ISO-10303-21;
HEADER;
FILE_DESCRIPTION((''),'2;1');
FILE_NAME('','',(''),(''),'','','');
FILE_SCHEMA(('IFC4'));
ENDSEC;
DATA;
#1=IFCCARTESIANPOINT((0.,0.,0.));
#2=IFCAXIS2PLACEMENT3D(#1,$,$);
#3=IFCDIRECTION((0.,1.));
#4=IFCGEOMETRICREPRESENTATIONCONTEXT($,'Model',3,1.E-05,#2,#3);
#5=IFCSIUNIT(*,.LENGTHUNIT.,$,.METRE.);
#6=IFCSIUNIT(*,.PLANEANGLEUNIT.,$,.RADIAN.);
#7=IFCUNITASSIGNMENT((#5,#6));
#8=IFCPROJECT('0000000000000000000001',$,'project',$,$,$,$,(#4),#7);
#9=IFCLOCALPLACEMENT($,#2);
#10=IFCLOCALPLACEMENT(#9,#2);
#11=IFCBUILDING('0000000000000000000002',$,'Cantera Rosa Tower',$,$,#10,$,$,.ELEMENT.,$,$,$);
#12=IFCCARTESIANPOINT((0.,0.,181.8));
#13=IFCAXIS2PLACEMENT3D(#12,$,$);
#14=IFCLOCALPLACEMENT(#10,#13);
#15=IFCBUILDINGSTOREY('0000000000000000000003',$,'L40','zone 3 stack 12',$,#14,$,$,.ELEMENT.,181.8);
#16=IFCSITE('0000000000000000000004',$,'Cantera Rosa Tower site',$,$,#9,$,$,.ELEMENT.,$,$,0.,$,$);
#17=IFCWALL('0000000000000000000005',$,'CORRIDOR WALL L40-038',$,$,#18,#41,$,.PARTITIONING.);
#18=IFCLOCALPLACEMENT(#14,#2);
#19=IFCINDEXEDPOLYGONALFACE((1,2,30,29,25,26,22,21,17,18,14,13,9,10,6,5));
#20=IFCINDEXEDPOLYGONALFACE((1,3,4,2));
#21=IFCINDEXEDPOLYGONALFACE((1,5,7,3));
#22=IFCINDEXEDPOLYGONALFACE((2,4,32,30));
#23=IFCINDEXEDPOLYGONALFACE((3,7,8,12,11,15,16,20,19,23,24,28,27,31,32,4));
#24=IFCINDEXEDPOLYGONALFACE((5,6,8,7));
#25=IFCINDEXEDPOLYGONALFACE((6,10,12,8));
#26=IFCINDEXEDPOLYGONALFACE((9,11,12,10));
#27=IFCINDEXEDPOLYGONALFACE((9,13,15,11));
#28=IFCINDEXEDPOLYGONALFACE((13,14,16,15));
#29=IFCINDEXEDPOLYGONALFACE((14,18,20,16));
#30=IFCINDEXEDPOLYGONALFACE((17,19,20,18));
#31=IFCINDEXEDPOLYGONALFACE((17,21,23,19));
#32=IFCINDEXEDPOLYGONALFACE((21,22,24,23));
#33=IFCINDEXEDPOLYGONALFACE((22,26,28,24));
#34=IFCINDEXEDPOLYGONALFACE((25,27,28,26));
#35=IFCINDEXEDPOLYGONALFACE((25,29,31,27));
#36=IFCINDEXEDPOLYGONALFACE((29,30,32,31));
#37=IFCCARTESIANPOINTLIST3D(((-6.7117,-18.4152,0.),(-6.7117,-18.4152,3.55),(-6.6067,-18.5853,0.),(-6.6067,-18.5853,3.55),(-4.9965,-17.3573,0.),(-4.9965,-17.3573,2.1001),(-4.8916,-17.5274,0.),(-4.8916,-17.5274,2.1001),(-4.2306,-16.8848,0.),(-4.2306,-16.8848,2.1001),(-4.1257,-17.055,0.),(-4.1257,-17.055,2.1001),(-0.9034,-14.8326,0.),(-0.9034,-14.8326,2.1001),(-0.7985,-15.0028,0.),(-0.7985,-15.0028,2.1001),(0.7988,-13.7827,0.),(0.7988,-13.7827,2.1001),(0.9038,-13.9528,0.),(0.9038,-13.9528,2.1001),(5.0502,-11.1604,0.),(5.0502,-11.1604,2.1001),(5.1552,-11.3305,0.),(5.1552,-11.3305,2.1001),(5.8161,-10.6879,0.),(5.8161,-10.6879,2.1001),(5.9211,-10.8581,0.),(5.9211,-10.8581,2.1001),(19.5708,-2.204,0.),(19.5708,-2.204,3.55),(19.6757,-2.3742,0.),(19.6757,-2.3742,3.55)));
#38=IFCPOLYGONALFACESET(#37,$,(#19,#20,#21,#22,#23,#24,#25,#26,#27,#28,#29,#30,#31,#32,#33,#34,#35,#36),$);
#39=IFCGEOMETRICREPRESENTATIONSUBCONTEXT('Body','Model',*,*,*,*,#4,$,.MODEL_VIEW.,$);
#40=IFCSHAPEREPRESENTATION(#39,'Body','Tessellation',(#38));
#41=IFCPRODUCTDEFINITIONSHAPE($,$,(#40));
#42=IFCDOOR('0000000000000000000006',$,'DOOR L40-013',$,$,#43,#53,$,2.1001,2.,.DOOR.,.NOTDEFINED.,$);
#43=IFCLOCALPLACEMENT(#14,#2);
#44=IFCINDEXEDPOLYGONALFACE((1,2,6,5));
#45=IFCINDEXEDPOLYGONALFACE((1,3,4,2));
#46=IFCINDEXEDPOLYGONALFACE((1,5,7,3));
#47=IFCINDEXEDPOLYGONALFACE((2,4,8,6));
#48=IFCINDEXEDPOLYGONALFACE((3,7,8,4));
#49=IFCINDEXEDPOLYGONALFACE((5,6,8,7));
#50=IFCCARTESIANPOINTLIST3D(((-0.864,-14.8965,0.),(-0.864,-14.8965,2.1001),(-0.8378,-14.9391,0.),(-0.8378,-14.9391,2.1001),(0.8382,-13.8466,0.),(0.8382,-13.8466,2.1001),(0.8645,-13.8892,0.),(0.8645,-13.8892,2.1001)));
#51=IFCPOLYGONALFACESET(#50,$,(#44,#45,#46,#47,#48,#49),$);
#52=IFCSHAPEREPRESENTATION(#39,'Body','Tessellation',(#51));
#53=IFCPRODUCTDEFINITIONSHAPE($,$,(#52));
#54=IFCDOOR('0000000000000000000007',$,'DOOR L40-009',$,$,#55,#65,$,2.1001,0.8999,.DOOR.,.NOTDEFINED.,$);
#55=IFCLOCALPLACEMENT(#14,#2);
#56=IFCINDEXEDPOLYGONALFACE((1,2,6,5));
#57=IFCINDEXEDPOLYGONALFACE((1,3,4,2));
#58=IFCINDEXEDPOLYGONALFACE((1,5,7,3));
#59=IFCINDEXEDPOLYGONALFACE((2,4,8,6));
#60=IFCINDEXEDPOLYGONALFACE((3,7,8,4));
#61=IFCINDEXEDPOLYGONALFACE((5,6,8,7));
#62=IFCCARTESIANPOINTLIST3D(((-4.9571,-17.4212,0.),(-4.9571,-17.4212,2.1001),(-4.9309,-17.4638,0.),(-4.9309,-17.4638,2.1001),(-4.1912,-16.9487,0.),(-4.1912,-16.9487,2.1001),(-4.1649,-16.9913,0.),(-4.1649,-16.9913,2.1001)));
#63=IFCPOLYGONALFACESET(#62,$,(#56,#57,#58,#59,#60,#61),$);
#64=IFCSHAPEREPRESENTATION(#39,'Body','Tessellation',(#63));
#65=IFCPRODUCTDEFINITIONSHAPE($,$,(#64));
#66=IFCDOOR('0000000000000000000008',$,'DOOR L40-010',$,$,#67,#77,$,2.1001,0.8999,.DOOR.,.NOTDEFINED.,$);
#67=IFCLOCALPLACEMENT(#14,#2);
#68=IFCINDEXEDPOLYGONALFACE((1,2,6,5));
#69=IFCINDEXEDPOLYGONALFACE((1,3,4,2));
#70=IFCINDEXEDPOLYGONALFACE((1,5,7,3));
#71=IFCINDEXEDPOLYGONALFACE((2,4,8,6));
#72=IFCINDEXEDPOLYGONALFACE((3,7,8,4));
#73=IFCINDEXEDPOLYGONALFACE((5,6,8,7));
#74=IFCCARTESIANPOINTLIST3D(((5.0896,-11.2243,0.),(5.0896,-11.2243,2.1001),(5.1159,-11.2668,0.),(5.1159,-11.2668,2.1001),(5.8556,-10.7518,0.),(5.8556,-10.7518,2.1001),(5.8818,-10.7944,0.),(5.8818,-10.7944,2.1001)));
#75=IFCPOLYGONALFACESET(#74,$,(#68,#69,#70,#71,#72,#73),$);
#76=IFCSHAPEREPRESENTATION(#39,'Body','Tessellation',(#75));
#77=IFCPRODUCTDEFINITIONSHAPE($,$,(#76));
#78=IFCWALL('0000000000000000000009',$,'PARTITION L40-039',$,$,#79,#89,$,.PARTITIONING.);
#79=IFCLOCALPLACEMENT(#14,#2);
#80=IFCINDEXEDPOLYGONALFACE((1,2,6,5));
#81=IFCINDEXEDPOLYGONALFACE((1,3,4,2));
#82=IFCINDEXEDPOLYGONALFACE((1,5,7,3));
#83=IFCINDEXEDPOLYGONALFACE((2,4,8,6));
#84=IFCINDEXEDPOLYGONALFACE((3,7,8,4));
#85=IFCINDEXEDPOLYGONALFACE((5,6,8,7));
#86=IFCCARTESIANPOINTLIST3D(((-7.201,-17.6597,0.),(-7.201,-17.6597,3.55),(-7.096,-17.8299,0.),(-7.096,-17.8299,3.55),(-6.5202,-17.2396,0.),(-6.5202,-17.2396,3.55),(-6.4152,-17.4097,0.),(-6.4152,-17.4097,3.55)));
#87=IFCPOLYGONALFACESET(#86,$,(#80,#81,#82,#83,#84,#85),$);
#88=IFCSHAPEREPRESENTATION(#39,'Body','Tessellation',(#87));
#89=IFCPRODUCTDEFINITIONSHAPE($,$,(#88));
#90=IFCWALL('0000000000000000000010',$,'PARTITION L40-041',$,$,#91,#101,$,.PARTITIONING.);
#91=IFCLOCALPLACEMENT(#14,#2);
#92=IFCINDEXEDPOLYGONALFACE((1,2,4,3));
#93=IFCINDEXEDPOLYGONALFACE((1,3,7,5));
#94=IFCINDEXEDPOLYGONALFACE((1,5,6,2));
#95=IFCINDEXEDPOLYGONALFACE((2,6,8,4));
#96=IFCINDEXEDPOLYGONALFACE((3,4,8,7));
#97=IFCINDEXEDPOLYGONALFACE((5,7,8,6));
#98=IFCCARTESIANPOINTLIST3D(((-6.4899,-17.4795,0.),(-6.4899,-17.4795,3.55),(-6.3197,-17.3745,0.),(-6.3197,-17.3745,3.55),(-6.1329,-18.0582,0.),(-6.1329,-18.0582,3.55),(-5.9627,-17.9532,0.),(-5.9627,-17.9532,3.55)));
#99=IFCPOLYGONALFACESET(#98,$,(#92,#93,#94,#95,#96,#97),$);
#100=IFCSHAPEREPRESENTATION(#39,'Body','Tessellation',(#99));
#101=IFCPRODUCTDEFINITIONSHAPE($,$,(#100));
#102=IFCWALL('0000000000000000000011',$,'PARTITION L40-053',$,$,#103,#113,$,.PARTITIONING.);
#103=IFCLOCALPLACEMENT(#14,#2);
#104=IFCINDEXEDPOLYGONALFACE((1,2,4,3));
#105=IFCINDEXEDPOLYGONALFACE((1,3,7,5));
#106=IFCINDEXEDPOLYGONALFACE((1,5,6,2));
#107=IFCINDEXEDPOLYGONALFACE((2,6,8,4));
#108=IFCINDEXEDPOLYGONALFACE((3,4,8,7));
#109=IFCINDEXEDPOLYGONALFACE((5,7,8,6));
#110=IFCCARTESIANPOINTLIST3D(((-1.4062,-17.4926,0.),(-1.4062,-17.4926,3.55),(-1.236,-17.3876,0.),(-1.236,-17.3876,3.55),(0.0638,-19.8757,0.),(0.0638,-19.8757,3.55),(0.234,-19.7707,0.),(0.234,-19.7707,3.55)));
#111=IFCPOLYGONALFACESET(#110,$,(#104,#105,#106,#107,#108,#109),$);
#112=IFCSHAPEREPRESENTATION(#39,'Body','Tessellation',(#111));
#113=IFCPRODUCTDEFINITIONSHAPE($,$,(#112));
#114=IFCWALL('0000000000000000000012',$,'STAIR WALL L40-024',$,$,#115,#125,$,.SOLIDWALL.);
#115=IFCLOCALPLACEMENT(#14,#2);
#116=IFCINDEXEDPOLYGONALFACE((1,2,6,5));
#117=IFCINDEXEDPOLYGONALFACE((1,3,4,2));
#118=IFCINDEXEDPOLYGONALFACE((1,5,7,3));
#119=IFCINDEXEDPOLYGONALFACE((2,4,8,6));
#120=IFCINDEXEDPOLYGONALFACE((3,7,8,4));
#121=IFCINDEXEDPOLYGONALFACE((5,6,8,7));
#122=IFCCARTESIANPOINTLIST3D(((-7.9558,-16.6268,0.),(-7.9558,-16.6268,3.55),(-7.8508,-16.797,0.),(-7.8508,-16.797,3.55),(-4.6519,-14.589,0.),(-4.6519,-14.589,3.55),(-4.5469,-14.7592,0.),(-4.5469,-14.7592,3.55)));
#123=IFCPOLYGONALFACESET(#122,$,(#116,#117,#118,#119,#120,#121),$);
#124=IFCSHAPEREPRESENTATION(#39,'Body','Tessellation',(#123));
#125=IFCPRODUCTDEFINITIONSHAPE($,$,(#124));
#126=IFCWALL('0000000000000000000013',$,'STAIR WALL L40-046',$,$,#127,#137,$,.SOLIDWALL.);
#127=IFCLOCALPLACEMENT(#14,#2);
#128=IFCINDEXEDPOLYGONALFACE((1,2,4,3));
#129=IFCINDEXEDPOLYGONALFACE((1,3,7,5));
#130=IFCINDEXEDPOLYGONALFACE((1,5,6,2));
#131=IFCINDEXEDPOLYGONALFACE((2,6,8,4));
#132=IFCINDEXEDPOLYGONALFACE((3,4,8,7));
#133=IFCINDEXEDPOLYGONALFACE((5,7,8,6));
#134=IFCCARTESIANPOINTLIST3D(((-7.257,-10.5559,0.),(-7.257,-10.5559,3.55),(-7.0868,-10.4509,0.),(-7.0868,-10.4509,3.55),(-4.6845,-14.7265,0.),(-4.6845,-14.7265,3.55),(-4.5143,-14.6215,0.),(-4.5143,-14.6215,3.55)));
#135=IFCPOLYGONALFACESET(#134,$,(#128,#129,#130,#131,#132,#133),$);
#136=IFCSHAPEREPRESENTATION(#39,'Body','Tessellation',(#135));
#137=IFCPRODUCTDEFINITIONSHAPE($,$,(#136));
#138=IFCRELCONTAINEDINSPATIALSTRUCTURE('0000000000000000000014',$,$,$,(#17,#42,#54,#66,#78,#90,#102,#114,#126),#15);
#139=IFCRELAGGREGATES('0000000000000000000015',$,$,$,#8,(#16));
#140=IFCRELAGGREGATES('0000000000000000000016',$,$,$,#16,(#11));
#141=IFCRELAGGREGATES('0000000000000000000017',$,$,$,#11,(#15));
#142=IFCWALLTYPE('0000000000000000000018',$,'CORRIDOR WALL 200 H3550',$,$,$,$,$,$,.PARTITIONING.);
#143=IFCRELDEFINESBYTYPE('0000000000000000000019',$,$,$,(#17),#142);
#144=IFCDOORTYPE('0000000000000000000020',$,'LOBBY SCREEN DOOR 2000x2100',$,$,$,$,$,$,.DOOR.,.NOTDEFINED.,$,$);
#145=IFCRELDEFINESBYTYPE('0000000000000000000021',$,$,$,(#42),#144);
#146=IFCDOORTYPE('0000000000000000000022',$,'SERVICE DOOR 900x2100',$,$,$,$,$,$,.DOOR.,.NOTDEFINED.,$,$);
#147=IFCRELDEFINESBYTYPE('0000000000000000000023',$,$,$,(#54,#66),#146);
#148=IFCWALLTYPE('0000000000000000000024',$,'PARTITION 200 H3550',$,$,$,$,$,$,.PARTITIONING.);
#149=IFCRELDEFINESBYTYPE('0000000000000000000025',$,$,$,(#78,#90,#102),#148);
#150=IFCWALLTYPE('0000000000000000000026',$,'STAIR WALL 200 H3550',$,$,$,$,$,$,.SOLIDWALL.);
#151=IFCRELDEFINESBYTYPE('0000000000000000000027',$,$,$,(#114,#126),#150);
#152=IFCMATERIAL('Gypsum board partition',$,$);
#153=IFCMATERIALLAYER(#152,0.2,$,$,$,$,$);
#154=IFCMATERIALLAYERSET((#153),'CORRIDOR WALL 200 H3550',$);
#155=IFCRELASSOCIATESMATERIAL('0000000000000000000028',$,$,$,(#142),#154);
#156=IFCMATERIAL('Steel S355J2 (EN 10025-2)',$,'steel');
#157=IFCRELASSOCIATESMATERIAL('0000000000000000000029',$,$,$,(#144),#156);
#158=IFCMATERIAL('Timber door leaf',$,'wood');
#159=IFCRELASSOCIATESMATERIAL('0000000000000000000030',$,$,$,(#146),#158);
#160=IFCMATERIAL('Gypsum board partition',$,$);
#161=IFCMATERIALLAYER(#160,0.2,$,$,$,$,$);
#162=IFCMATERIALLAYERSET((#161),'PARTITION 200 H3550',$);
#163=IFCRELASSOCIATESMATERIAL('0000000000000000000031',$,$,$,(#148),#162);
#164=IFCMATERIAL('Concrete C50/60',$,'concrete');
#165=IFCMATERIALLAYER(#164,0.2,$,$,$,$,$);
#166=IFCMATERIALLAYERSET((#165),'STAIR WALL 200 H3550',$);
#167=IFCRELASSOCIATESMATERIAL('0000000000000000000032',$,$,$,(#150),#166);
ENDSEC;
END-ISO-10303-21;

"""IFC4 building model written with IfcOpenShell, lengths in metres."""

from ifc_helpers import new_model, si_unit, direction, frame, frame_2d, origin, place, context, subcontext, project, spatial, rectangle, extrude, material, layer, layer_set, type_object, element, fill, save


model = new_model("IFC4")

# Units and contexts
model_context = context("Model", 3, precision=1e-05, world=origin(), true_north=direction((0.0, 1.0)))
body_context = subcontext(model_context, "Body", "Model", "MODEL_VIEW")
ifc_project = project(units=[si_unit("LENGTHUNIT", "METRE"), si_unit("PLANEANGLEUNIT", "RADIAN")], contexts=[model_context])

# Site, building, storey
site_placement = place(None, origin())
site = spatial("IfcSite", under=ifc_project, at=site_placement, Name="Cantera Rosa Tower site", CompositionType="ELEMENT", RefElevation=0.0)
building_placement = place(site_placement, origin())
building = spatial("IfcBuilding", under=site, at=building_placement, Name="Cantera Rosa Tower", CompositionType="ELEMENT")
storey_placement = place(building_placement, frame((0.0, 0.0, 181.8)))
storey = spatial("IfcBuildingStorey", under=building, at=storey_placement, Name="L40", Description="zone 3 stack 12", CompositionType="ELEMENT", Elevation=181.8)

# Shared definitions
ifc_material_1 = material(Name="Gypsum board partition")
ifc_layer_1 = layer(ifc_material_1, 0.2)
ifc_layer_set_1 = layer_set([ifc_layer_1], Name="CORRIDOR WALL 200 H3550")
wall_type_1 = type_object("IfcWallType", Name="CORRIDOR WALL 200 H3550", PredefinedType="PARTITIONING", material=ifc_layer_set_1)

# Wall, openings, doors
wall_1_placement = place(storey_placement, frame((-6.6592, -18.5002, 0.0), z_axis=(0.0, 0.0, 1.0), x_axis=(0.851118, 0.524975, 0.0)))
wall_1 = element("IfcWall", 1, at=wall_1_placement, inside=storey, type_object=wall_type_1, Name="CORRIDOR WALL L40-038", PredefinedType="PARTITIONING", context=body_context, shape_type="SweptSolid", body=[
    extrude(rectangle(XDim=30.8799, YDim=0.2, at=frame_2d((15.4399, 0.0))), origin(), (0.0, 0.0, 1.0), 3.55),
])
opening_1_placement = place(wall_1_placement, frame((2.0151, 0.0, 0.0)))
opening_1 = element("IfcOpeningElement", 2, at=opening_1_placement, cuts=wall_1, PredefinedType="OPENING", context=body_context, shape_type="SweptSolid", body=[
    extrude(rectangle(XDim=0.8999, YDim=2.1001, at=frame_2d((0.45, 1.05))), frame((0.0, 0.1099, 0.0), z_axis=(0.0, -1.0, 0.0), x_axis=(1.0, 0.0, 0.0)), (0.0, 0.0, 1.0), 0.22),
])
opening_2_placement = place(wall_1_placement, frame((13.8193, 0.0, 0.0)))
opening_2 = element("IfcOpeningElement", 3, at=opening_2_placement, cuts=wall_1, PredefinedType="OPENING", context=body_context, shape_type="SweptSolid", body=[
    extrude(rectangle(XDim=0.8999, YDim=2.1001, at=frame_2d((0.45, 1.05))), frame((0.0, 0.1099, 0.0), z_axis=(0.0, -1.0, 0.0), x_axis=(1.0, 0.0, 0.0)), (0.0, 0.0, 1.0), 0.22),
])
opening_3_placement = place(wall_1_placement, frame((6.8242, 0.0, 0.0)))
opening_3 = element("IfcOpeningElement", 4, at=opening_3_placement, cuts=wall_1, PredefinedType="OPENING", context=body_context, shape_type="SweptSolid", body=[
    extrude(rectangle(XDim=2.0, YDim=2.1001, at=frame_2d((1.0, 1.05))), frame((0.0, 0.1099, 0.0), z_axis=(0.0, -1.0, 0.0), x_axis=(1.0, 0.0, 0.0)), (0.0, 0.0, 1.0), 0.22),
])
ifc_material_2 = material(Name="Steel S355J2 (EN 10025-2)", Category="steel")
door_type_1 = type_object("IfcDoorType", Name="LOBBY SCREEN DOOR 2000x2100", OperationType="NOTDEFINED", PredefinedType="DOOR", material=ifc_material_2)
door_1_placement = place(opening_3_placement, origin())
door_1 = element("IfcDoor", 5, at=door_1_placement, inside=storey, type_object=door_type_1, Name="DOOR L40-013", OperationType="NOTDEFINED", OverallHeight=2.1001, OverallWidth=2.0, PredefinedType="DOOR", context=body_context, shape_type="SweptSolid", body=[
    extrude(rectangle(XDim=2.0, YDim=2.1001, at=frame_2d((1.0, 1.05))), frame((0.0, 0.0249, 0.0), z_axis=(0.0, -1.0, 0.0), x_axis=(1.0, 0.0, 0.0)), (0.0, 0.0, 1.0), 0.05),
])
fill(opening_3, door_1)
ifc_material_3 = material(Name="Timber door leaf", Category="wood")
door_type_2 = type_object("IfcDoorType", Name="SERVICE DOOR 900x2100", OperationType="NOTDEFINED", PredefinedType="DOOR", material=ifc_material_3)
door_2_placement = place(opening_1_placement, origin())
door_2 = element("IfcDoor", 6, at=door_2_placement, inside=storey, type_object=door_type_2, Name="DOOR L40-009", OperationType="NOTDEFINED", OverallHeight=2.1001, OverallWidth=0.8999, PredefinedType="DOOR", context=body_context, shape_type="SweptSolid", body=[
    extrude(rectangle(XDim=0.8999, YDim=2.1001, at=frame_2d((0.45, 1.05))), frame((0.0, 0.0249, 0.0), z_axis=(0.0, -1.0, 0.0), x_axis=(1.0, 0.0, 0.0)), (0.0, 0.0, 1.0), 0.05),
])
fill(opening_1, door_2)
door_3_placement = place(opening_2_placement, origin())
door_3 = element("IfcDoor", 7, at=door_3_placement, inside=storey, type_object=door_type_2, Name="DOOR L40-010", OperationType="NOTDEFINED", OverallHeight=2.1001, OverallWidth=0.8999, PredefinedType="DOOR", context=body_context, shape_type="SweptSolid", body=[
    extrude(rectangle(XDim=0.8999, YDim=2.1001, at=frame_2d((0.45, 1.05))), frame((0.0, 0.0249, 0.0), z_axis=(0.0, -1.0, 0.0), x_axis=(1.0, 0.0, 0.0)), (0.0, 0.0, 1.0), 0.05),
])
fill(opening_2, door_3)

# Walls
ifc_material_4 = material(Name="Gypsum board partition")
ifc_layer_2 = layer(ifc_material_4, 0.2)
ifc_layer_set_2 = layer_set([ifc_layer_2], Name="PARTITION 200 H3550")
wall_type_2 = type_object("IfcWallType", Name="PARTITION 200 H3550", PredefinedType="PARTITIONING", material=ifc_layer_set_2)
wall_2_placement = place(storey_placement, frame((-6.4678, -17.3247, 0.0), z_axis=(0.0, 0.0, 1.0), x_axis=(-0.851019, -0.525136, 0.0)))
element("IfcWall", 8, at=wall_2_placement, inside=storey, type_object=wall_type_2, Name="PARTITION L40-039", PredefinedType="PARTITIONING", context=body_context, shape_type="SweptSolid", body=[
    extrude(rectangle(XDim=0.8, YDim=0.2, at=frame_2d((0.3999, 0.0))), origin(), (0.0, 0.0, 1.0), 3.55),
])
wall_3_placement = place(storey_placement, frame((-6.0479, -18.0056, 0.0), z_axis=(0.0, 0.0, 1.0), x_axis=(-0.525019, 0.851091, 0.0)))
element("IfcWall", 9, at=wall_3_placement, inside=storey, type_object=wall_type_2, Name="PARTITION L40-041", PredefinedType="PARTITIONING", context=body_context, shape_type="SweptSolid", body=[
    extrude(rectangle(XDim=0.6799, YDim=0.2, at=frame_2d((0.3398, 0.0))), origin(), (0.0, 0.0, 1.0), 3.55),
])
wall_4_placement = place(storey_placement, frame((-1.321, -17.4402, 0.0), z_axis=(0.0, 0.0, 1.0), x_axis=(0.524997, -0.851104, 0.0)))
element("IfcWall", 10, at=wall_4_placement, inside=storey, type_object=wall_type_2, Name="PARTITION L40-053", PredefinedType="PARTITIONING", context=body_context, shape_type="SweptSolid", body=[
    extrude(rectangle(XDim=2.8, YDim=0.2, at=frame_2d((1.3999, 0.0))), origin(), (0.0, 0.0, 1.0), 3.55),
])
ifc_material_5 = material(Name="Concrete C50/60", Category="concrete")
ifc_layer_3 = layer(ifc_material_5, 0.2)
ifc_layer_set_3 = layer_set([ifc_layer_3], Name="STAIR WALL 200 H3550")
wall_type_3 = type_object("IfcWallType", Name="STAIR WALL 200 H3550", PredefinedType="SOLIDWALL", material=ifc_layer_set_3)
wall_5_placement = place(storey_placement, frame((-7.9033, -16.7119, 0.0), z_axis=(0.0, 0.0, 1.0), x_axis=(0.851125, 0.524964, 0.0)))
element("IfcWall", 11, at=wall_5_placement, inside=storey, type_object=wall_type_3, Name="STAIR WALL L40-024", PredefinedType="SOLIDWALL", context=body_context, shape_type="SweptSolid", body=[
    extrude(rectangle(XDim=3.8818, YDim=0.2, at=frame_2d((1.9409, 0.0))), origin(), (0.0, 0.0, 1.0), 3.55),
])
wall_6_placement = place(storey_placement, frame((-4.5994, -14.6741, 0.0), z_axis=(0.0, 0.0, 1.0), x_axis=(-0.524978, 0.851116, 0.0)))
element("IfcWall", 12, at=wall_6_placement, inside=storey, type_object=wall_type_3, Name="STAIR WALL L40-046", PredefinedType="SOLIDWALL", context=body_context, shape_type="SweptSolid", body=[
    extrude(rectangle(XDim=4.9001, YDim=0.2, at=frame_2d((2.4502, 0.0))), origin(), (0.0, 0.0, 1.0), 3.55),
])

save(model, "model.ifc")
